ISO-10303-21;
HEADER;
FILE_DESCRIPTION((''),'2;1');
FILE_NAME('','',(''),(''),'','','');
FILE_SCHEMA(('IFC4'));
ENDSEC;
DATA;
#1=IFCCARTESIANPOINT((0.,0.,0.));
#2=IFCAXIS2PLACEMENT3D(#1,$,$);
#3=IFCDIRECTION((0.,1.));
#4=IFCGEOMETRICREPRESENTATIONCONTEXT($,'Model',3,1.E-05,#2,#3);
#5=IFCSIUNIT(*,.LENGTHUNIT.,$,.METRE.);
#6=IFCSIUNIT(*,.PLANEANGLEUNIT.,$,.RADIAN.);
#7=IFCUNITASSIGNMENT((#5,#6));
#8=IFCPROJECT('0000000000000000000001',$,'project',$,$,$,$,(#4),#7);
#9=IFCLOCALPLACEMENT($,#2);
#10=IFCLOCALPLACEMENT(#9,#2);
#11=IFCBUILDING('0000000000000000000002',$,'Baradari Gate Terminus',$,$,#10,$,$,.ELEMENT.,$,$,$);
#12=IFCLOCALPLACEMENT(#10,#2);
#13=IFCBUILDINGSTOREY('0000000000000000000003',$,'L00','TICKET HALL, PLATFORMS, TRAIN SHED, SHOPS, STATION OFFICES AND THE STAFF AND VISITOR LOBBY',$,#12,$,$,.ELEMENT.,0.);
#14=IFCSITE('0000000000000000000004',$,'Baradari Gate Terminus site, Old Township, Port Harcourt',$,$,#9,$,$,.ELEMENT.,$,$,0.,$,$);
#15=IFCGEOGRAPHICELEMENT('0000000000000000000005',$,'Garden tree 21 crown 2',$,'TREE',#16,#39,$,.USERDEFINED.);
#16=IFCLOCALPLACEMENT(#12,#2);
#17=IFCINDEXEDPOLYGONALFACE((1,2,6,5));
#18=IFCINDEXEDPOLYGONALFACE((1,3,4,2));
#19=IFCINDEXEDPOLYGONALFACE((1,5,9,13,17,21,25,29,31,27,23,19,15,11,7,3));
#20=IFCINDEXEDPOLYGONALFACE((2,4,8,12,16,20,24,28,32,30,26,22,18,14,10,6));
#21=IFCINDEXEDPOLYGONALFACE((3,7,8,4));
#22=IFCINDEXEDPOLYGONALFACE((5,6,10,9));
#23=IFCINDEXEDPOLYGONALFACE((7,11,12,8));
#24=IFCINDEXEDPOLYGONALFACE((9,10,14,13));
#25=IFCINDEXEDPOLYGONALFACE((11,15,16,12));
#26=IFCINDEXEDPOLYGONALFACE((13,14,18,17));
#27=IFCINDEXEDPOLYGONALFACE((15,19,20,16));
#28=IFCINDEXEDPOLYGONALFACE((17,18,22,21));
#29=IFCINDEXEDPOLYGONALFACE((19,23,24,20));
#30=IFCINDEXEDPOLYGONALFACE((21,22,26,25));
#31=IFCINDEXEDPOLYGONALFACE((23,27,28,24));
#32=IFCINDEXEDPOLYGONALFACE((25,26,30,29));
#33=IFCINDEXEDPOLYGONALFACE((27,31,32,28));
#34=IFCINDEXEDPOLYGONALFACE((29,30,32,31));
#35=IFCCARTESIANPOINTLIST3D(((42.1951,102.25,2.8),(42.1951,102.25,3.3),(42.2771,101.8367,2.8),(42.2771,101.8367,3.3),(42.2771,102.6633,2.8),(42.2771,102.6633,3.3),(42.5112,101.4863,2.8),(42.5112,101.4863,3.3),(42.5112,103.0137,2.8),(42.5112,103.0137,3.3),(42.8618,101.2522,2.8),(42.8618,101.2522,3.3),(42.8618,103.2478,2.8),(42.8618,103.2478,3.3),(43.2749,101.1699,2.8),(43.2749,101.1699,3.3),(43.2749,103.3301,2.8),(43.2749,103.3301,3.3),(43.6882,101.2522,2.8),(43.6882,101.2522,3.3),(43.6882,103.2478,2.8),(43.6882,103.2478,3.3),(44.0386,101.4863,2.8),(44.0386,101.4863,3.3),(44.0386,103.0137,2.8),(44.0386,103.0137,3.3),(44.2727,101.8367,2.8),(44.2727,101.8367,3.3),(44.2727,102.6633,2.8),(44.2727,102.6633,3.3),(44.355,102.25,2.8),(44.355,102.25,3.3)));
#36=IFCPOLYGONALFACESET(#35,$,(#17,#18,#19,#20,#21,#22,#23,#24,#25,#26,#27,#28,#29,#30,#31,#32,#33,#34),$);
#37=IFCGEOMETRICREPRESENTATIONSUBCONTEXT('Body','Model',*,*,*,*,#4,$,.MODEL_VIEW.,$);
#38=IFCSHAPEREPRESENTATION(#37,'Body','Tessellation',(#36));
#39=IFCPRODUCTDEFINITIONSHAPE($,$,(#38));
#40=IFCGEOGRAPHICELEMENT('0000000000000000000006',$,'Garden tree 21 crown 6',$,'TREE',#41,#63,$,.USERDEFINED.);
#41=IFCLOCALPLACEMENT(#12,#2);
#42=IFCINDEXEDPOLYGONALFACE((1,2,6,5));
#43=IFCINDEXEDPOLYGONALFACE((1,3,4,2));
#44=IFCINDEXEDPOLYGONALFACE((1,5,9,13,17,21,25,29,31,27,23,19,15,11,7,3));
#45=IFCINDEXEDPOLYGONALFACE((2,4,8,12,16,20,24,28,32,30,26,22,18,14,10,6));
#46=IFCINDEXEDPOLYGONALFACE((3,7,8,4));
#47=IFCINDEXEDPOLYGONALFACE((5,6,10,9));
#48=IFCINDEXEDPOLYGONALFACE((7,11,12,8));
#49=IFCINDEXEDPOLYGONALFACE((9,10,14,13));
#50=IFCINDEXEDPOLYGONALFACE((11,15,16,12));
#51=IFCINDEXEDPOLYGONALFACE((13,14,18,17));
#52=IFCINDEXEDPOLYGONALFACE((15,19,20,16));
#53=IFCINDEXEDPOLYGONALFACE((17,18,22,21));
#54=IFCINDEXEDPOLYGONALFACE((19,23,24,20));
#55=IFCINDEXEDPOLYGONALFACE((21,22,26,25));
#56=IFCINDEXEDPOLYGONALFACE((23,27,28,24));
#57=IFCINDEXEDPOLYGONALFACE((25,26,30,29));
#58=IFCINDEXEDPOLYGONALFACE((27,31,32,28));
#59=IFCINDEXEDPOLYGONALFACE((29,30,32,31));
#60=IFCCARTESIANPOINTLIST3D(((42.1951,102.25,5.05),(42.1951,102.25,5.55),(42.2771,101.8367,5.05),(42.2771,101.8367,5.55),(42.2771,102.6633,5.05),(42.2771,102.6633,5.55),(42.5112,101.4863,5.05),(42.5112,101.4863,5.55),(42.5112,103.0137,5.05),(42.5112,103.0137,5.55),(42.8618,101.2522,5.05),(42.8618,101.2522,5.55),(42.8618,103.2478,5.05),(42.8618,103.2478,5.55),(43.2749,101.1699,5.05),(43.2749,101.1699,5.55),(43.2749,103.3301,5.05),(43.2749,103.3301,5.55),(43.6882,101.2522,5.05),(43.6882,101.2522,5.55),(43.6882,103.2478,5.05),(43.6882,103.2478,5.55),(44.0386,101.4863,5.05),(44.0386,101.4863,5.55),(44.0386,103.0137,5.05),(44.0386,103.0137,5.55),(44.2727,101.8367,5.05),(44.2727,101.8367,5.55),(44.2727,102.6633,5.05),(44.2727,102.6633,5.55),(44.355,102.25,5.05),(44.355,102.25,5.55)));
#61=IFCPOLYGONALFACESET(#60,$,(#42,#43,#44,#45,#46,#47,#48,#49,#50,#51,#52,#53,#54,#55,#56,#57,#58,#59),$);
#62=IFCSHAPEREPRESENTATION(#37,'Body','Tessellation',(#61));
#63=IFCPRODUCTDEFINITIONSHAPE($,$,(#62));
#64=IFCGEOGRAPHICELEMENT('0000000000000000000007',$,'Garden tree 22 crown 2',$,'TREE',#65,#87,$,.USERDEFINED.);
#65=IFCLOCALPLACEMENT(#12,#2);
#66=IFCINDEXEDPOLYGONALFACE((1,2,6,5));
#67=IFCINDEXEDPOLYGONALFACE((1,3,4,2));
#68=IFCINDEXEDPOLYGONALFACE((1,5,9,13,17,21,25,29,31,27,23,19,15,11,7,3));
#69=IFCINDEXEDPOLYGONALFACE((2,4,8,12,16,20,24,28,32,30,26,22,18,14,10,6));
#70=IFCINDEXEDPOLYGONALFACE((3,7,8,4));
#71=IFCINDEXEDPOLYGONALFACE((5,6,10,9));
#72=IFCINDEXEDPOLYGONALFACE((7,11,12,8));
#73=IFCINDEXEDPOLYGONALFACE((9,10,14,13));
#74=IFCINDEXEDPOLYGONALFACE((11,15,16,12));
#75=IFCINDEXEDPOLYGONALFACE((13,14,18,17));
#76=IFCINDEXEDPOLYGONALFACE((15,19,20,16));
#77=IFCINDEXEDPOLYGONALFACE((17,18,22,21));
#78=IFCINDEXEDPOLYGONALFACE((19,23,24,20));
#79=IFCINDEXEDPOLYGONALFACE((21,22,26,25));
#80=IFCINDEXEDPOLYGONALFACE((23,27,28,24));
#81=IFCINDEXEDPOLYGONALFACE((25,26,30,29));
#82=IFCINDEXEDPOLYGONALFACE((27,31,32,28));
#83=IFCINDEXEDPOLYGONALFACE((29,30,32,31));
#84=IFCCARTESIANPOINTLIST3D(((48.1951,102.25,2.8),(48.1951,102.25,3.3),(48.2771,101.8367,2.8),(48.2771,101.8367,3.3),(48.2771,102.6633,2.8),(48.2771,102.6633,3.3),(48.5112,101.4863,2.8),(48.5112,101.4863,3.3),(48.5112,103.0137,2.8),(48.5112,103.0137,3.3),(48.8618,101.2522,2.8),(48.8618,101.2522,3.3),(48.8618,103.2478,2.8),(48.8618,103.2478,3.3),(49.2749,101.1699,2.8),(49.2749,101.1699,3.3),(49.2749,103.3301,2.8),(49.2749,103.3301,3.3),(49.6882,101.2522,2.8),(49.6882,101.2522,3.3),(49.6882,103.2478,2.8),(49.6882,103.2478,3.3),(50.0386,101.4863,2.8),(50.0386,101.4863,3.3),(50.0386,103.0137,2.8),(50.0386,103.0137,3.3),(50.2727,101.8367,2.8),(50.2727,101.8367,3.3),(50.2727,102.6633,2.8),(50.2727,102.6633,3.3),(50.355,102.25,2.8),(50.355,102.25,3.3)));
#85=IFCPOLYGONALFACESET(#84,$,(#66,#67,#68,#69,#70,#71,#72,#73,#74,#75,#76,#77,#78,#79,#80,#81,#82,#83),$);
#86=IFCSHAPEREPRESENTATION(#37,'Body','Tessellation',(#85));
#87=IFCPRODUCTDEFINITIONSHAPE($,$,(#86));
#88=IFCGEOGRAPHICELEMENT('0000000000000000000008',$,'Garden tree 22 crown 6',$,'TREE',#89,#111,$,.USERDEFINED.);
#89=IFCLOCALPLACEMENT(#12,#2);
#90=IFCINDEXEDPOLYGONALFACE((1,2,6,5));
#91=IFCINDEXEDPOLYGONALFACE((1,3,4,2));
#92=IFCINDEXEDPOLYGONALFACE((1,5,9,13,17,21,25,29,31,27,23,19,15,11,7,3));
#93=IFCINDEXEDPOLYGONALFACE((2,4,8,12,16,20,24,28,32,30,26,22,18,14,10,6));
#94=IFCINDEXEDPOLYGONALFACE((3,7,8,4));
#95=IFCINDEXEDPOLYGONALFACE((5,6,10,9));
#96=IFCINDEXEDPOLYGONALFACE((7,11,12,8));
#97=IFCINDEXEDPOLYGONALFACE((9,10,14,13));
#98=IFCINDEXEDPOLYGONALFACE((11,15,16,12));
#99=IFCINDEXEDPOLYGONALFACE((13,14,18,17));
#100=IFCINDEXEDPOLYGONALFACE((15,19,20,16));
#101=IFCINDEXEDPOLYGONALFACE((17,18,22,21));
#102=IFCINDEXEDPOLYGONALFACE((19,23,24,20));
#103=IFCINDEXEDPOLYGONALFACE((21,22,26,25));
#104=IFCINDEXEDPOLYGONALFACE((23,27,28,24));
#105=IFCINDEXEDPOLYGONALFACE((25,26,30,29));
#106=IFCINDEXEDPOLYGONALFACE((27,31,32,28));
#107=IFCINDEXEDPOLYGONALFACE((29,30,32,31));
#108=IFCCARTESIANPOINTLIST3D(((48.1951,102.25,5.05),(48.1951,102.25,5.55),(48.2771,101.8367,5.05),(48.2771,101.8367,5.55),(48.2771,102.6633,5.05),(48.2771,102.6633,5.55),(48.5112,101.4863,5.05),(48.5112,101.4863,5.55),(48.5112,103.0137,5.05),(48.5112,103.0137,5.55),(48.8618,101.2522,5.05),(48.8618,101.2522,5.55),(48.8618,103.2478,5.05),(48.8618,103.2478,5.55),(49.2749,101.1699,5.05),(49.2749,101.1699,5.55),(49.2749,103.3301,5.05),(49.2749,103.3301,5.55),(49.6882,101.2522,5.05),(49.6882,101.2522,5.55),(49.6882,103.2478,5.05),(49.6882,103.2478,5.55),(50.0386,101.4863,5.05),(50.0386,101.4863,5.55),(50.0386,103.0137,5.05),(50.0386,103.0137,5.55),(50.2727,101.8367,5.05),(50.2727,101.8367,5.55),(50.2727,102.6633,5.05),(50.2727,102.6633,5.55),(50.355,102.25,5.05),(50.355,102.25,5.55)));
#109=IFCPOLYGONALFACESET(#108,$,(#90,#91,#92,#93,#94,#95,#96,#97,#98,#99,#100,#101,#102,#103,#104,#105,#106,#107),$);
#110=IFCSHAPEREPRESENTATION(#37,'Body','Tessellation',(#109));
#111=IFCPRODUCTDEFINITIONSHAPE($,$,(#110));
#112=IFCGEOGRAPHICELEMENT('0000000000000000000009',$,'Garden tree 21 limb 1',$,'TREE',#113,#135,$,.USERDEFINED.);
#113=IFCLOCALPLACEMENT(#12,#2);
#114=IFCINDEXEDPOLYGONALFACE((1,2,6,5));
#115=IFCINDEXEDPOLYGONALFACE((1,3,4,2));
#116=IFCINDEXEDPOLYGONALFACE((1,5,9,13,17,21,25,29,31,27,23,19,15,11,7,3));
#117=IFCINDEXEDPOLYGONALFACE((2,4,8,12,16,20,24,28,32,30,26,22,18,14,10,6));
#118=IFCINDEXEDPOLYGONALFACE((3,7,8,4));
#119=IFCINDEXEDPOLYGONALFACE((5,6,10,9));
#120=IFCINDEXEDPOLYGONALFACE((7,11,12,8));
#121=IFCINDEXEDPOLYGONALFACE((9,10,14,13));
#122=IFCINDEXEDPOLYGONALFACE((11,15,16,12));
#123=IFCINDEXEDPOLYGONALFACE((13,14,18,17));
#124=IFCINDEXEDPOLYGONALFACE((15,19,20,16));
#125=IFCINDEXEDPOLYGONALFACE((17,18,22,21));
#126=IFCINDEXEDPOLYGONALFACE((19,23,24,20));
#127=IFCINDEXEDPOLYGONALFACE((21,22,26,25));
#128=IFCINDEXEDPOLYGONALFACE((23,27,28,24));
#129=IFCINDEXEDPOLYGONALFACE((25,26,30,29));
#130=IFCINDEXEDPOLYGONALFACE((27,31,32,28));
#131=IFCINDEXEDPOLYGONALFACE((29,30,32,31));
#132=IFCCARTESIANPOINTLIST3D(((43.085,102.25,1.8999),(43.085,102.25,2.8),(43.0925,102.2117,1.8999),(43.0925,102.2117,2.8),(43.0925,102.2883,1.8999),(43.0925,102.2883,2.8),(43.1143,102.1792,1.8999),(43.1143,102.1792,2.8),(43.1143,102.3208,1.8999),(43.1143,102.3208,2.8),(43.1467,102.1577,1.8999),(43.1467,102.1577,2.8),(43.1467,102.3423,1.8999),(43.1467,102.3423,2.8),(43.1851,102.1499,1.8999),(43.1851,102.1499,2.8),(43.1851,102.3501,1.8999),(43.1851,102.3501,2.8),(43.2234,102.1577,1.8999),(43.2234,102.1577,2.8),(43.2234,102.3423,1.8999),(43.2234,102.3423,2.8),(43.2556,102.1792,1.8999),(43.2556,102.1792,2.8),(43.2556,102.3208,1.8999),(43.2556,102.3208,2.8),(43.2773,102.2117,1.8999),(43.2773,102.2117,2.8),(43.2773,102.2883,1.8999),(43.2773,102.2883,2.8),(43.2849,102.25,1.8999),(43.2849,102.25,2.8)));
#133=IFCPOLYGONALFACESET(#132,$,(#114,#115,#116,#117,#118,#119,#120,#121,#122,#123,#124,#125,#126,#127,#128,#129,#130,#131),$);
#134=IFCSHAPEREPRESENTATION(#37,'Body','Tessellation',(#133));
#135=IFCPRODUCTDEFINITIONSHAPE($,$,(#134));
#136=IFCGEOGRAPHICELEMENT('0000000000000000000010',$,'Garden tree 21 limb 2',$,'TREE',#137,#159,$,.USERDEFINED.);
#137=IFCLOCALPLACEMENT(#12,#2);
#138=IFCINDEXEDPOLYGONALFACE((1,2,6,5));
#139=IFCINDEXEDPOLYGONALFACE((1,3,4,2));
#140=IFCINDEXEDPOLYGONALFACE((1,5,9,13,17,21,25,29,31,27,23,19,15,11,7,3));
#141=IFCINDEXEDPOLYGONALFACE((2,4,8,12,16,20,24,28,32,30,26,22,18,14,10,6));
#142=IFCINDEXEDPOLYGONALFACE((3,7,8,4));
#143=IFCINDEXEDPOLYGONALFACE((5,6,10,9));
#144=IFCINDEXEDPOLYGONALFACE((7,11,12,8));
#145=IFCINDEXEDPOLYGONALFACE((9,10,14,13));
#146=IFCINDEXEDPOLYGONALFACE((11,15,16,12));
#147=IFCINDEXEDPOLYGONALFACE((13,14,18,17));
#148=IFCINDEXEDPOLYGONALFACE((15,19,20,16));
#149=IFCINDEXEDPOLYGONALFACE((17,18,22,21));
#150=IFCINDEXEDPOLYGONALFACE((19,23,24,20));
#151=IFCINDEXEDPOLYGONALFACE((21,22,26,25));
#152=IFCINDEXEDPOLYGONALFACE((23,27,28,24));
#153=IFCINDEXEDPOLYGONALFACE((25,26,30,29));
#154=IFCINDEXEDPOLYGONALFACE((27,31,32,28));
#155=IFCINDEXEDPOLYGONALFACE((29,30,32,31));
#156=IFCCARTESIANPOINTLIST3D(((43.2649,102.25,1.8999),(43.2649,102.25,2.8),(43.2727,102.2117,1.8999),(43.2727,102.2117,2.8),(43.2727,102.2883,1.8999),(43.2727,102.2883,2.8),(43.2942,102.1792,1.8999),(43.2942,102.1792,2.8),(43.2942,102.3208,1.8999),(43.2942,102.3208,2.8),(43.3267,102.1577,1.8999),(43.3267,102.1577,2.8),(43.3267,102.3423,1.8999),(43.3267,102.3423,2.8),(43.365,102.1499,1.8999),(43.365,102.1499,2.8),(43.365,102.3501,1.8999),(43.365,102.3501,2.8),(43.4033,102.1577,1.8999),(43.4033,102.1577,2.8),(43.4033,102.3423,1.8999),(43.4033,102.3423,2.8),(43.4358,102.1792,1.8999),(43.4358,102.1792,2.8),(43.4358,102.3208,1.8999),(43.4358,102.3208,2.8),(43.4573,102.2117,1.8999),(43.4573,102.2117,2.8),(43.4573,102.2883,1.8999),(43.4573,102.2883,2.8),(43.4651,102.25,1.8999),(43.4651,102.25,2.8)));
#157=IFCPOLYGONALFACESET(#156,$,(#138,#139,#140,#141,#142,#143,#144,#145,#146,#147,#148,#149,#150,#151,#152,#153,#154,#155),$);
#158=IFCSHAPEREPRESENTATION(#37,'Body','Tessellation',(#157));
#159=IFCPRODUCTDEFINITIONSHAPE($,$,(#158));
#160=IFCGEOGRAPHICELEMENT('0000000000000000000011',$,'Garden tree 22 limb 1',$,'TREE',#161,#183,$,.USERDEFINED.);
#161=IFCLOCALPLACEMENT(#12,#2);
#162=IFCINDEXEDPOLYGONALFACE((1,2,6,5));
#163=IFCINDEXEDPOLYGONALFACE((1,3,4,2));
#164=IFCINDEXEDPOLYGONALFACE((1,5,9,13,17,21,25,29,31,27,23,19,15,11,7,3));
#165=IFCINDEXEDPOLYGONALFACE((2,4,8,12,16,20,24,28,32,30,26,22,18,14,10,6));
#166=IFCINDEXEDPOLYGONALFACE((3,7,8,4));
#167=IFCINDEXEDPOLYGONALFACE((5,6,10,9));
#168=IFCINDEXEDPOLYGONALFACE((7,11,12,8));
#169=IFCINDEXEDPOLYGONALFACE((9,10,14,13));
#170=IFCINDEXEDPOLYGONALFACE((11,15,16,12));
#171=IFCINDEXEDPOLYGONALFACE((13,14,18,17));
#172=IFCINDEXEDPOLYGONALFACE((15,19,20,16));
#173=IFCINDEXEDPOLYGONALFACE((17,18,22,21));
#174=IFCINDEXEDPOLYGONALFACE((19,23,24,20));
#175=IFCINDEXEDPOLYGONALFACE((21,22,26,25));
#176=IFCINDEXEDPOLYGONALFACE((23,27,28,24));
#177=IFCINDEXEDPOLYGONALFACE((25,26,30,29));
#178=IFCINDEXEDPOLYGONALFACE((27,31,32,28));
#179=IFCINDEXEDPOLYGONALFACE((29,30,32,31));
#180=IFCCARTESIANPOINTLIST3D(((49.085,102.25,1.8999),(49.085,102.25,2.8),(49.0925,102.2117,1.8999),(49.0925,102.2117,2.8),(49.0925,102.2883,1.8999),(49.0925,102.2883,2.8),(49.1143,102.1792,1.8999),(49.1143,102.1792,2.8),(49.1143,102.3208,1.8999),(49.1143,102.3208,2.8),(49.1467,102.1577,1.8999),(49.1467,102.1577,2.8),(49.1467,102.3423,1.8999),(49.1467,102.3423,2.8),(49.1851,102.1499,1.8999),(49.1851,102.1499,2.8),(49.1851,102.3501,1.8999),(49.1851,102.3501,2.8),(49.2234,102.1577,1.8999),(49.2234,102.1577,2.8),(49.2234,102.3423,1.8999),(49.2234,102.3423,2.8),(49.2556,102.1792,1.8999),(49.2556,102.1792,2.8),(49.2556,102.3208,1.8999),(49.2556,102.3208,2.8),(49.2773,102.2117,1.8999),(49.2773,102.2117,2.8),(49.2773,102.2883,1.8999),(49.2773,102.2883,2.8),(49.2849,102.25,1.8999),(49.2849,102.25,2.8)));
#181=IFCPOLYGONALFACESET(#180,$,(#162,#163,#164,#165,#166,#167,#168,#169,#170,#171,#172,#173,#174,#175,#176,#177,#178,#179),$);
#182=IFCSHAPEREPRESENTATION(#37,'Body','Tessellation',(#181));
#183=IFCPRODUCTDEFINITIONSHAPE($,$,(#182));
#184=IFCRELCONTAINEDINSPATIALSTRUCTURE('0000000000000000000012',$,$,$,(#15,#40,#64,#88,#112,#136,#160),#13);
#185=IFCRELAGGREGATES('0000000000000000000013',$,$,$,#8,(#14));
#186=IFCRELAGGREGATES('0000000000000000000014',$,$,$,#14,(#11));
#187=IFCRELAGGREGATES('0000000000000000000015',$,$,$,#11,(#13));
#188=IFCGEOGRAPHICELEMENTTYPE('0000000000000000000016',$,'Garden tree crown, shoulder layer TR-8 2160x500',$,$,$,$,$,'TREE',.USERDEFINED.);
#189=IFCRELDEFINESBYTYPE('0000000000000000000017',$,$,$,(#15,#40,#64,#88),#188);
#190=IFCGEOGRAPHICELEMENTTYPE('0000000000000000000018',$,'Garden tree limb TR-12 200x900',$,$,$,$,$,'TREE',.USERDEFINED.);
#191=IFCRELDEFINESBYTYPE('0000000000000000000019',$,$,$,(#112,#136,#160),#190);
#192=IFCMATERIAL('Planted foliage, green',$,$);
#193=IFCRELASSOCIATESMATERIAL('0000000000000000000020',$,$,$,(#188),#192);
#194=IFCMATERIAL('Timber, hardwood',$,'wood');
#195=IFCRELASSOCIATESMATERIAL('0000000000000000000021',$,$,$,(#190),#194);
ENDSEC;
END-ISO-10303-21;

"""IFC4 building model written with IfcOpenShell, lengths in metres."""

from ifc_helpers import new_model, si_unit, direction, frame, origin, place, context, subcontext, project, spatial, polyline, outline, extrude, material, type_object, element, save


model = new_model("IFC4")

# Units and contexts
model_context = context("Model", 3, precision=1e-05, world=origin(), true_north=direction((0.0, 1.0)))
body_context = subcontext(model_context, "Body", "Model", "MODEL_VIEW")
ifc_project = project(units=[si_unit("LENGTHUNIT", "METRE"), si_unit("PLANEANGLEUNIT", "RADIAN")], contexts=[model_context])

# Site, building, storey
site_placement = place(None, origin())
site = spatial("IfcSite", under=ifc_project, at=site_placement, Name="Baradari Gate Terminus site, Old Township, Port Harcourt", CompositionType="ELEMENT", RefElevation=0.0)
building_placement = place(site_placement, origin())
building = spatial("IfcBuilding", under=site, at=building_placement, Name="Baradari Gate Terminus", CompositionType="ELEMENT")
storey_placement = place(building_placement, origin())
storey = spatial("IfcBuildingStorey", under=building, at=storey_placement, Name="L00", Description="TICKET HALL, PLATFORMS, TRAIN SHED, SHOPS, STATION OFFICES AND THE STAFF AND VISITOR LOBBY", CompositionType="ELEMENT", Elevation=0.0)

# Geographic elements
ifc_material_1 = material(Name="Planted foliage, green")
geographic_element_type_1 = type_object("IfcGeographicElementType", Name="Garden tree crown, shoulder layer TR-8 2160x500", ElementType="TREE", PredefinedType="USERDEFINED", material=ifc_material_1)
for number, where, name in (
    (1, (0.0, 0.0, 2.8), "Garden tree 21 crown 2"),
    (2, (0.0, 0.0, 5.05), "Garden tree 21 crown 6"),
):
    element("IfcGeographicElement", number, at=place(storey_placement, frame(where)), inside=storey, type_object=geographic_element_type_1, Name=name, ObjectType="TREE", PredefinedType="USERDEFINED", context=body_context, shape_type="SweptSolid", body=[
        extrude(outline(polyline([(44.355, 102.25), (44.2727, 102.6633), (44.0386, 103.0137), (43.6882, 103.2478), (43.2749, 103.3301), (42.8618, 103.2478), (42.5112, 103.0137), (42.2771, 102.6633), (42.1951, 102.25), (42.2771, 101.8367), (42.5112, 101.4863), (42.8618, 101.2522), (43.2749, 101.1699), (43.6882, 101.2522), (44.0386, 101.4863), (44.2727, 101.8367), (44.355, 102.25)])), origin(), (0.0, 0.0, 1.0), 0.5),
    ])
for number, where, name in (
    (3, (0.0, 0.0, 2.8), "Garden tree 22 crown 2"),
    (4, (0.0, 0.0, 5.05), "Garden tree 22 crown 6"),
):
    element("IfcGeographicElement", number, at=place(storey_placement, frame(where)), inside=storey, type_object=geographic_element_type_1, Name=name, ObjectType="TREE", PredefinedType="USERDEFINED", context=body_context, shape_type="SweptSolid", body=[
        extrude(outline(polyline([(50.355, 102.25), (50.2727, 102.6633), (50.0386, 103.0137), (49.6882, 103.2478), (49.2749, 103.3301), (48.8618, 103.2478), (48.5112, 103.0137), (48.2771, 102.6633), (48.1951, 102.25), (48.2771, 101.8367), (48.5112, 101.4863), (48.8618, 101.2522), (49.2749, 101.1699), (49.6882, 101.2522), (50.0386, 101.4863), (50.2727, 101.8367), (50.355, 102.25)])), origin(), (0.0, 0.0, 1.0), 0.5),
    ])
ifc_material_2 = material(Name="Timber, hardwood", Category="wood")
geographic_element_type_2 = type_object("IfcGeographicElementType", Name="Garden tree limb TR-12 200x900", ElementType="TREE", PredefinedType="USERDEFINED", material=ifc_material_2)
geographic_element_1_placement = place(storey_placement, frame((0.0, 0.0, 1.8999)))
element("IfcGeographicElement", 5, at=geographic_element_1_placement, inside=storey, type_object=geographic_element_type_2, Name="Garden tree 21 limb 1", ObjectType="TREE", PredefinedType="USERDEFINED", context=body_context, shape_type="SweptSolid", body=[
    extrude(outline(polyline([(43.2849, 102.25), (43.2773, 102.2883), (43.2556, 102.3208), (43.2234, 102.3423), (43.1851, 102.3501), (43.1467, 102.3423), (43.1143, 102.3208), (43.0925, 102.2883), (43.085, 102.25), (43.0925, 102.2117), (43.1143, 102.1792), (43.1467, 102.1577), (43.1851, 102.1499), (43.2234, 102.1577), (43.2556, 102.1792), (43.2773, 102.2117), (43.2849, 102.25)])), origin(), (0.0, 0.0, 1.0), 0.9001),
])
geographic_element_2_placement = place(storey_placement, frame((0.0, 0.0, 1.8999)))
element("IfcGeographicElement", 6, at=geographic_element_2_placement, inside=storey, type_object=geographic_element_type_2, Name="Garden tree 21 limb 2", ObjectType="TREE", PredefinedType="USERDEFINED", context=body_context, shape_type="SweptSolid", body=[
    extrude(outline(polyline([(43.4651, 102.25), (43.4573, 102.2883), (43.4358, 102.3208), (43.4033, 102.3423), (43.365, 102.3501), (43.3267, 102.3423), (43.2942, 102.3208), (43.2727, 102.2883), (43.2649, 102.25), (43.2727, 102.2117), (43.2942, 102.1792), (43.3267, 102.1577), (43.365, 102.1499), (43.4033, 102.1577), (43.4358, 102.1792), (43.4573, 102.2117), (43.4651, 102.25)])), origin(), (0.0, 0.0, 1.0), 0.9001),
])
geographic_element_3_placement = place(storey_placement, frame((0.0, 0.0, 1.8999)))
element("IfcGeographicElement", 7, at=geographic_element_3_placement, inside=storey, type_object=geographic_element_type_2, Name="Garden tree 22 limb 1", ObjectType="TREE", PredefinedType="USERDEFINED", context=body_context, shape_type="SweptSolid", body=[
    extrude(outline(polyline([(49.2849, 102.25), (49.2773, 102.2883), (49.2556, 102.3208), (49.2234, 102.3423), (49.1851, 102.3501), (49.1467, 102.3423), (49.1143, 102.3208), (49.0925, 102.2883), (49.085, 102.25), (49.0925, 102.2117), (49.1143, 102.1792), (49.1467, 102.1577), (49.1851, 102.1499), (49.2234, 102.1577), (49.2556, 102.1792), (49.2773, 102.2117), (49.2849, 102.25)])), origin(), (0.0, 0.0, 1.0), 0.9001),
])

save(model, "model.ifc")
